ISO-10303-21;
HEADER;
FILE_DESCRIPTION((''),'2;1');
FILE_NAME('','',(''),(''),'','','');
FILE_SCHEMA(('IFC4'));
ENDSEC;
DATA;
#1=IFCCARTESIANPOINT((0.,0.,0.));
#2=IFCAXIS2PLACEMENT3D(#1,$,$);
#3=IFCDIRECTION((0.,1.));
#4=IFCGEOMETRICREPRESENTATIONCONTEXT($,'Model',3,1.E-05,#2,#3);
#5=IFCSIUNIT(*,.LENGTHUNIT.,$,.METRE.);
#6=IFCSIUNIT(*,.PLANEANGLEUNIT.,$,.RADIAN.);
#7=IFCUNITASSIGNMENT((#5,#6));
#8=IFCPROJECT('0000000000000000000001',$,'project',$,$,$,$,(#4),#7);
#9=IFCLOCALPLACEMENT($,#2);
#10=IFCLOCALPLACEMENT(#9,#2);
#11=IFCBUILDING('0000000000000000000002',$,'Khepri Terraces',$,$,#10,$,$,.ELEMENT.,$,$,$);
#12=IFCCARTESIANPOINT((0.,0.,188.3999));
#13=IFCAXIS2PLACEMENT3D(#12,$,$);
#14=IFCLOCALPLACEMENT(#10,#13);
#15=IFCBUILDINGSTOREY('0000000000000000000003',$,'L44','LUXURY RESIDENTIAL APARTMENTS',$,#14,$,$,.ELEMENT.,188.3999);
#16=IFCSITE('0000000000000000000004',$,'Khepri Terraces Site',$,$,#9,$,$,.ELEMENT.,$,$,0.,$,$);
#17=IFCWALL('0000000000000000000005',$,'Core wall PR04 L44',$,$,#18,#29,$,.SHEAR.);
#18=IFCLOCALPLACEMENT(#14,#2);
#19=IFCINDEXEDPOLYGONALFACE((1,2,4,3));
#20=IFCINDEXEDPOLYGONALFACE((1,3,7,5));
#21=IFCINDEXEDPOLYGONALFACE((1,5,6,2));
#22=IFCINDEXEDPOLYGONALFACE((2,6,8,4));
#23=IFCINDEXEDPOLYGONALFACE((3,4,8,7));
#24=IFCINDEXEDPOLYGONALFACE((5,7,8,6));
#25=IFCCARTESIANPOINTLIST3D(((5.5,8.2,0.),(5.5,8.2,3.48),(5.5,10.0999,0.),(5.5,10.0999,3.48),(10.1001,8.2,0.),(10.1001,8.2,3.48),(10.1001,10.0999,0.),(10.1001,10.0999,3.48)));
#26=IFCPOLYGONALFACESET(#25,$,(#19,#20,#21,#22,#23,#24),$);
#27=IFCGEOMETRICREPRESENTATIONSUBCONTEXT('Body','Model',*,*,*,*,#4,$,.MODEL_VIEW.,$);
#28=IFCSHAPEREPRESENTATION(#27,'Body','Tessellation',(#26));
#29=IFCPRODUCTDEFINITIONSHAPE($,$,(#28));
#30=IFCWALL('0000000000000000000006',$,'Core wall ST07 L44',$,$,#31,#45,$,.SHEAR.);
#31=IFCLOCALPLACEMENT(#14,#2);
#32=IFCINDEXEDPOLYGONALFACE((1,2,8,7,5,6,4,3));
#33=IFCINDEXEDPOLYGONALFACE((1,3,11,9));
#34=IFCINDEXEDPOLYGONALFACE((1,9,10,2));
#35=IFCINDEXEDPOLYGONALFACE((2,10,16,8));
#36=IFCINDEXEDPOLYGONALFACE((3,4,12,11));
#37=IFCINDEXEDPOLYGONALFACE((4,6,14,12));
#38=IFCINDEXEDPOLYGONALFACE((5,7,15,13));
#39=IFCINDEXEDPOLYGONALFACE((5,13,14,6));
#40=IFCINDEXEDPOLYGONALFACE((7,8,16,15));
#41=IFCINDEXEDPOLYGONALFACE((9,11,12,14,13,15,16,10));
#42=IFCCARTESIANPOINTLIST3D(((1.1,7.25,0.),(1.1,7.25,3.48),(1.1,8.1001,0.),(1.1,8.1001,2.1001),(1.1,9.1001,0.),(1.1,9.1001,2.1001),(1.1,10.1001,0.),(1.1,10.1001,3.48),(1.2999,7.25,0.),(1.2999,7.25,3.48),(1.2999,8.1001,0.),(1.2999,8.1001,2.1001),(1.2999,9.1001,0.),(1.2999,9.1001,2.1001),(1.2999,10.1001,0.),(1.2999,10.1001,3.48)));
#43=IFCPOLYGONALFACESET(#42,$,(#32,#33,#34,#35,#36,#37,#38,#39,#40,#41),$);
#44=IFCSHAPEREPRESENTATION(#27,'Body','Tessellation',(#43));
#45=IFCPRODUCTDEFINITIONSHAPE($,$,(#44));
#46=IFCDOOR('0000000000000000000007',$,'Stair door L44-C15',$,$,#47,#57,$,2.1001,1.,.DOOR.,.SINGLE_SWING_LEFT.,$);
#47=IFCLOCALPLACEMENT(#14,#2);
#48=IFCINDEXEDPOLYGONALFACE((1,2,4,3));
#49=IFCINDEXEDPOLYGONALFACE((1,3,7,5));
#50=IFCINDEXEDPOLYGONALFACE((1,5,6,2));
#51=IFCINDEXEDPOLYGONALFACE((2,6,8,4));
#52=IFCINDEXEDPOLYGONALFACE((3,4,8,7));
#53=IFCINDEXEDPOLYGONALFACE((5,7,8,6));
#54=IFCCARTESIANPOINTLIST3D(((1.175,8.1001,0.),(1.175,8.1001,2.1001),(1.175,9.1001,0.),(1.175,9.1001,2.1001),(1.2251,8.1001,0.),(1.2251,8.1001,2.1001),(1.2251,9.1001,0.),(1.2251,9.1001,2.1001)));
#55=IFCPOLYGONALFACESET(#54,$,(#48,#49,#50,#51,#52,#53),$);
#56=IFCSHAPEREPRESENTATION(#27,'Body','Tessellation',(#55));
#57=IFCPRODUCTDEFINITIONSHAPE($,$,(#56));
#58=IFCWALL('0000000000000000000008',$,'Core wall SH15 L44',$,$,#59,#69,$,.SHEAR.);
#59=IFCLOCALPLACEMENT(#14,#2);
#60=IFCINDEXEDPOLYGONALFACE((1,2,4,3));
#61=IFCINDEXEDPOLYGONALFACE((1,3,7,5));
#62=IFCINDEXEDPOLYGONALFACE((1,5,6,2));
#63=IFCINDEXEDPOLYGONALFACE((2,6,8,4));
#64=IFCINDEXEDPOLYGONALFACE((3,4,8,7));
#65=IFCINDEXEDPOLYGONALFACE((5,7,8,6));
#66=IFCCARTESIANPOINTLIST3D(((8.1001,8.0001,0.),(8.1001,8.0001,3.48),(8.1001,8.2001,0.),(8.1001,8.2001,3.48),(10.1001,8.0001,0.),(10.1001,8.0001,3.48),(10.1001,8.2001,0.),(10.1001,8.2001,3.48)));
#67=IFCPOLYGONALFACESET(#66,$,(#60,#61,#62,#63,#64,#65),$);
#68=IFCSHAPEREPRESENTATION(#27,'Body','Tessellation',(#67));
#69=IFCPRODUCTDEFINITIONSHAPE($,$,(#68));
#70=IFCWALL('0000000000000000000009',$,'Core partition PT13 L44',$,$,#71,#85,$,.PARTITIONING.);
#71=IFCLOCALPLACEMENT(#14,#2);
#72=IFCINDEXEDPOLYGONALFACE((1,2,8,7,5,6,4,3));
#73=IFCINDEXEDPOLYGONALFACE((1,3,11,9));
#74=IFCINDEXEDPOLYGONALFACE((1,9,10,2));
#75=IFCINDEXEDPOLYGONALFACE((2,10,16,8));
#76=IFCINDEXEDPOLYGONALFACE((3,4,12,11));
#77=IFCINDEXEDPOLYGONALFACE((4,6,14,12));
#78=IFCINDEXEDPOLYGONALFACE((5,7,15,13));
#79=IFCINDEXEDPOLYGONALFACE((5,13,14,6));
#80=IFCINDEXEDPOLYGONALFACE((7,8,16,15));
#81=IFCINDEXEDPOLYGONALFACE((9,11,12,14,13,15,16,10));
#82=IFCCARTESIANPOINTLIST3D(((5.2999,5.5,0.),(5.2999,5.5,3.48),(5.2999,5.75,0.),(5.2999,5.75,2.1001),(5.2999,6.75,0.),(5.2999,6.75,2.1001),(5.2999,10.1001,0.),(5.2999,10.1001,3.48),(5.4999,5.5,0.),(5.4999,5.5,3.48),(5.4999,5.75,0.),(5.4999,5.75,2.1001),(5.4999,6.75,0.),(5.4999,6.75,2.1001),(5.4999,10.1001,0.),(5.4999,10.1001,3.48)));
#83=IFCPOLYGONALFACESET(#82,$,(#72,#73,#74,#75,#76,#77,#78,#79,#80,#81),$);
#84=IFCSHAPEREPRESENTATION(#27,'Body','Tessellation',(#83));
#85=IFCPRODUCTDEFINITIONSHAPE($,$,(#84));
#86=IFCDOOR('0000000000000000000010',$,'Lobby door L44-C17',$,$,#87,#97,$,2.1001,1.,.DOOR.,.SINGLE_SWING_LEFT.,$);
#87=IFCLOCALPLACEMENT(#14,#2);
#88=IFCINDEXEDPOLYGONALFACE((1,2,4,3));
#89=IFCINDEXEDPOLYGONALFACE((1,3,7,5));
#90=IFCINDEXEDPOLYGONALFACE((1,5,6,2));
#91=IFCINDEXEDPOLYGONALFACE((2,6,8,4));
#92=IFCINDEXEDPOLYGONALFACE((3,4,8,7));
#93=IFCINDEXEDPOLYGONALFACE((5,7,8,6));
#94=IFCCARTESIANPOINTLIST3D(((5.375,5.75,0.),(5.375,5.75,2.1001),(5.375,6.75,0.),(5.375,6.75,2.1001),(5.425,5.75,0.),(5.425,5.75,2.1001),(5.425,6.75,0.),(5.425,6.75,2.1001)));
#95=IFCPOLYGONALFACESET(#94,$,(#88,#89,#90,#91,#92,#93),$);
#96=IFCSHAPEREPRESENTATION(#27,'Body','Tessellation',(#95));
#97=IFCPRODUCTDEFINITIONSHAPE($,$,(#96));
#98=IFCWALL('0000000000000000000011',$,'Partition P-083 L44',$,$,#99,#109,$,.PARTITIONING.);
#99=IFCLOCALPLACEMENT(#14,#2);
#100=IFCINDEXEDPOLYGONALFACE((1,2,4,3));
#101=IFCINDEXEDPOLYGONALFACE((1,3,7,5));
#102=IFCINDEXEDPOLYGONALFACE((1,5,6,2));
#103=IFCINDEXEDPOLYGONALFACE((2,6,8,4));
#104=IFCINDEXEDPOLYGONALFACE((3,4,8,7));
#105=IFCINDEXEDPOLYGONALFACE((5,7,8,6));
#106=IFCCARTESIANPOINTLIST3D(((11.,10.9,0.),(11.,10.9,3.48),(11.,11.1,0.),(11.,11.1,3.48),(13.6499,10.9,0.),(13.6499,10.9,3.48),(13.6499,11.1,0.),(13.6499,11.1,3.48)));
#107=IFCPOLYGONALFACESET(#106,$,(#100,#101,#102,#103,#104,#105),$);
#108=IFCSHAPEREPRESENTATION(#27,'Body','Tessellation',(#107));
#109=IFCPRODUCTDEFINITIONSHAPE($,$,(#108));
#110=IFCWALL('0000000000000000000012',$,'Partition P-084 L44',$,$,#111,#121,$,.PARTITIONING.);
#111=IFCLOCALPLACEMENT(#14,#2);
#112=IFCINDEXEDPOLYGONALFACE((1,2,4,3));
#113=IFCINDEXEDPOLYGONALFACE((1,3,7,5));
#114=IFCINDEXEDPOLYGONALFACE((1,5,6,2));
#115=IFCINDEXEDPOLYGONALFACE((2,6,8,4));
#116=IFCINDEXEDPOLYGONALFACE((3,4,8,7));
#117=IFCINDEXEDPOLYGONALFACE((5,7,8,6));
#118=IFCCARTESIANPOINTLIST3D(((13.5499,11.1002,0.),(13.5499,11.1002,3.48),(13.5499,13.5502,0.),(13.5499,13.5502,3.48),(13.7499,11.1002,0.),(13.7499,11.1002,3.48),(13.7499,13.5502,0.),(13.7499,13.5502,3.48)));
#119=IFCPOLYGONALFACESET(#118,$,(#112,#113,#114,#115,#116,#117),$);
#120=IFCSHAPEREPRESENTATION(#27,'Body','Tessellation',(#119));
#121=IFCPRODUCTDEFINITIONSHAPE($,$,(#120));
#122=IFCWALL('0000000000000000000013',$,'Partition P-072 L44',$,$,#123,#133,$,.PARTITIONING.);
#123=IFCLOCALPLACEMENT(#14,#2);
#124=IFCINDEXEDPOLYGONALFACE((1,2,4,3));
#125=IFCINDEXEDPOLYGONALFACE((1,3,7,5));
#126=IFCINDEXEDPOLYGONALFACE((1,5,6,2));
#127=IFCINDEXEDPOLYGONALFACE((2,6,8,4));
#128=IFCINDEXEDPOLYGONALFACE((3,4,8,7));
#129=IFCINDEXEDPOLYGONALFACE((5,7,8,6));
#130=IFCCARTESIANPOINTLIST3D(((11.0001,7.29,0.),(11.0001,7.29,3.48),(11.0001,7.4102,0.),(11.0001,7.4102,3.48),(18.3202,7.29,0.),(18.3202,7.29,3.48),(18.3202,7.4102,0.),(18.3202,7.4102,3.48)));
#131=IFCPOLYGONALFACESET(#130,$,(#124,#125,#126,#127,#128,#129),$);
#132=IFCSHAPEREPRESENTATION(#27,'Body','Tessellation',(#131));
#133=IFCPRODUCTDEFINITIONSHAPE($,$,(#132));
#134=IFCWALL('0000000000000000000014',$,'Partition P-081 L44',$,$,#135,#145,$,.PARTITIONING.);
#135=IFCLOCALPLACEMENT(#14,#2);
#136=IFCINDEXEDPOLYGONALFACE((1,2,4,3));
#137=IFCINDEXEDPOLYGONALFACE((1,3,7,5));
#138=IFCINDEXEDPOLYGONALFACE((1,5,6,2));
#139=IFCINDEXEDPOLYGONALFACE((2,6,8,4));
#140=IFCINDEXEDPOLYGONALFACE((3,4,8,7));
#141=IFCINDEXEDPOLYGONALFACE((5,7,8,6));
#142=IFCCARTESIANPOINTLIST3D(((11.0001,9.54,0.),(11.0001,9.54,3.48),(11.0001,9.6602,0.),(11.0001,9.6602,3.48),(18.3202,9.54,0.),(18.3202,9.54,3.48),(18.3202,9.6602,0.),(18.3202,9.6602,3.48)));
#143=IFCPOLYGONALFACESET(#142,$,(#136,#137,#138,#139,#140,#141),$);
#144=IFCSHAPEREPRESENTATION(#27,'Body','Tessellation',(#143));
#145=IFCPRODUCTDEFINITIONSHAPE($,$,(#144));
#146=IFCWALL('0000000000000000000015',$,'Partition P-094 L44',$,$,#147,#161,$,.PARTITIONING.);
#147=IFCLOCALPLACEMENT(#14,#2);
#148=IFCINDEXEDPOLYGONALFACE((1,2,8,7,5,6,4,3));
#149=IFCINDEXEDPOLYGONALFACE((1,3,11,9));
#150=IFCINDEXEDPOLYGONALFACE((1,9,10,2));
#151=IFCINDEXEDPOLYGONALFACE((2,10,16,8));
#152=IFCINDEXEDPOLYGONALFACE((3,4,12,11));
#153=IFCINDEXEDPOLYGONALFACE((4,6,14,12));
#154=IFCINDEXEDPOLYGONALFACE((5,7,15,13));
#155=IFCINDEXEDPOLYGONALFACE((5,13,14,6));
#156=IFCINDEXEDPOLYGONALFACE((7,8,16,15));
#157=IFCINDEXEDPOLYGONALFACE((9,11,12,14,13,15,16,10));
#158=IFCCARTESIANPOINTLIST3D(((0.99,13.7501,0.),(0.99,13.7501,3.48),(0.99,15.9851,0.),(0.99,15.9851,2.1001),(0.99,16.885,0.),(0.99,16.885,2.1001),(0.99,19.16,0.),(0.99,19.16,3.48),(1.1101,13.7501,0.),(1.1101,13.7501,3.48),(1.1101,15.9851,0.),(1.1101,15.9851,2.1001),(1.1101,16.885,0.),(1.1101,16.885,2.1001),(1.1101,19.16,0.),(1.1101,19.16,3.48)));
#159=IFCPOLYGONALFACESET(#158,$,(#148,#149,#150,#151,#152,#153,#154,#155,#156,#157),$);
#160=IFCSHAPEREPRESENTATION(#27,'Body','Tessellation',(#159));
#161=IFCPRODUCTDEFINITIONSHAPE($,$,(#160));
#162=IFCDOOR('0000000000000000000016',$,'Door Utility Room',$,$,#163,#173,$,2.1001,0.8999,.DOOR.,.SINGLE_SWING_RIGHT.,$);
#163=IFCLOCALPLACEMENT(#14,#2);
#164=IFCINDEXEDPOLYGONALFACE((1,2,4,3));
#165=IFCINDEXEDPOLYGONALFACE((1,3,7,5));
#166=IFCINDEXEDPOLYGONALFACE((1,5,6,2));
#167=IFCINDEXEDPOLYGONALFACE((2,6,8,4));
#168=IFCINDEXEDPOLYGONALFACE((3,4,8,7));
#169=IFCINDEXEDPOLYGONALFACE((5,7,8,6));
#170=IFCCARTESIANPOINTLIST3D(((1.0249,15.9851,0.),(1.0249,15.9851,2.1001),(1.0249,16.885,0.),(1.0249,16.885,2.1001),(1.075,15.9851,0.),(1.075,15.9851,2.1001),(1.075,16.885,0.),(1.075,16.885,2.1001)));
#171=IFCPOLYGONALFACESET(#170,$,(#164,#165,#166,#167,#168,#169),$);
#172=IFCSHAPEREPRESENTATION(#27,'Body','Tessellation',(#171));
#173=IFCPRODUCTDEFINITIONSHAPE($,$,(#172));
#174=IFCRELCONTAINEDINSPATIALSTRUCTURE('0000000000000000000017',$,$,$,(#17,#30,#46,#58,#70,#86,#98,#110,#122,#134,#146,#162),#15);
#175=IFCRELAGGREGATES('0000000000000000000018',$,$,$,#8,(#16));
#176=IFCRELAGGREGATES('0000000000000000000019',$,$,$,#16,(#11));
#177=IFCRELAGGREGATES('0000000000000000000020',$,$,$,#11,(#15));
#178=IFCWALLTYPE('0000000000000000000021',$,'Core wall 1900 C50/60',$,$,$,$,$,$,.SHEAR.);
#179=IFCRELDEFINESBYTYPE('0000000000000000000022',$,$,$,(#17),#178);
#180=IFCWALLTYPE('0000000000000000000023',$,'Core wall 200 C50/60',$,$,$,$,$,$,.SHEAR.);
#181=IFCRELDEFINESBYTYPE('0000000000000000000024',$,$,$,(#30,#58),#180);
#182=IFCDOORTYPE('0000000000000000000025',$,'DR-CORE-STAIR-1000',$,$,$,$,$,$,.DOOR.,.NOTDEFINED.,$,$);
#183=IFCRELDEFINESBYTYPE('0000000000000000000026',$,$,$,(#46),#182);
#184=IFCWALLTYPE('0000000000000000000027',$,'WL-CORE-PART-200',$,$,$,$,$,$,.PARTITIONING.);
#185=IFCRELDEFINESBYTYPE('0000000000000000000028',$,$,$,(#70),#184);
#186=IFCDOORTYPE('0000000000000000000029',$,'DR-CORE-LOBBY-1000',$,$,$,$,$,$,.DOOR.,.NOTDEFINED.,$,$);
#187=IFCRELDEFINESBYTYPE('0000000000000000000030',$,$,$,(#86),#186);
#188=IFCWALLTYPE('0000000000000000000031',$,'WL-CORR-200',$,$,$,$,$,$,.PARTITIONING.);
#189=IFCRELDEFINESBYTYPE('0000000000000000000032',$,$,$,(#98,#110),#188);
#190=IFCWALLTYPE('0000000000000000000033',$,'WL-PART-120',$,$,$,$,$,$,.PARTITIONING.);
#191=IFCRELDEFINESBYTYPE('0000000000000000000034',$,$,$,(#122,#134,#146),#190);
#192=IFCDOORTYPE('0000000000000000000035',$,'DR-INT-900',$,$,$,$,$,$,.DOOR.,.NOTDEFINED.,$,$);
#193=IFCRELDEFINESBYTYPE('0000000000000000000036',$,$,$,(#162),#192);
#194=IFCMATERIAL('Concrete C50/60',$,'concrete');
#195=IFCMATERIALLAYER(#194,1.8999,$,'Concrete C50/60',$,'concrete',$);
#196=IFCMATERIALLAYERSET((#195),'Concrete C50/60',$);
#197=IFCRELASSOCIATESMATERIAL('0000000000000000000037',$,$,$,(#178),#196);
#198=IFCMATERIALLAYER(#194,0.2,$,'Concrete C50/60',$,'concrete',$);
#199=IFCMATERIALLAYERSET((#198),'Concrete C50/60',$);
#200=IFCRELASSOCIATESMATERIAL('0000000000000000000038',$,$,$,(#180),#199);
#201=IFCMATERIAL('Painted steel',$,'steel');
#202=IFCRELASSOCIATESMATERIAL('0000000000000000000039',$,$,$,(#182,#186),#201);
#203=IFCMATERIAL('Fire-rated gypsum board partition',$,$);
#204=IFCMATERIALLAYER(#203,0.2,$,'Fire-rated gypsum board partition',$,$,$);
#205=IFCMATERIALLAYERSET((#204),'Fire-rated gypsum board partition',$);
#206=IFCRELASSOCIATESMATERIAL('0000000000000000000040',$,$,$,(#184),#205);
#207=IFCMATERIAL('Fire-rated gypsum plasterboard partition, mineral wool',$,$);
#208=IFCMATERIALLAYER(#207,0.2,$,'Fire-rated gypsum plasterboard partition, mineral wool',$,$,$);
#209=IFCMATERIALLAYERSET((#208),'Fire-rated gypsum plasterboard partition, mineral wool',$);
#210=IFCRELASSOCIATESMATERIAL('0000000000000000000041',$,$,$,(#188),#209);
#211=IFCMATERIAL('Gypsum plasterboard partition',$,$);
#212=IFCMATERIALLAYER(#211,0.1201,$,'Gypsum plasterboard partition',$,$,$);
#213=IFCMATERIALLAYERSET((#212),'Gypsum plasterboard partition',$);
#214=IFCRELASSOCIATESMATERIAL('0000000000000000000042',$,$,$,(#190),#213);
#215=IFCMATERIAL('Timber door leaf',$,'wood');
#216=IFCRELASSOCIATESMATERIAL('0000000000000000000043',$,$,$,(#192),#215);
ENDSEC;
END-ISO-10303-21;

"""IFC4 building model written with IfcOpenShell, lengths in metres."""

from ifc_helpers import new_model, si_unit, direction, frame, frame_2d, origin, place, context, subcontext, project, spatial, rectangle, extrude, material, layer, layer_set, type_object, element, fill, save


model = new_model("IFC4")

# Units and contexts
model_context = context("Model", 3, precision=1e-05, world=origin(), true_north=direction((0.0, 1.0)))
body_context = subcontext(model_context, "Body", "Model", "MODEL_VIEW")
ifc_project = project(units=[si_unit("LENGTHUNIT", "METRE"), si_unit("PLANEANGLEUNIT", "RADIAN")], contexts=[model_context])

# Site, building, storey
site_placement = place(None, origin())
site = spatial("IfcSite", under=ifc_project, at=site_placement, Name="Khepri Terraces Site", CompositionType="ELEMENT", RefElevation=0.0)
building_placement = place(site_placement, origin())
building = spatial("IfcBuilding", under=site, at=building_placement, Name="Khepri Terraces", CompositionType="ELEMENT")
storey_placement = place(building_placement, frame((0.0, 0.0, 188.3999)))
storey = spatial("IfcBuildingStorey", under=building, at=storey_placement, Name="L44", Description="LUXURY RESIDENTIAL APARTMENTS", CompositionType="ELEMENT", Elevation=188.3999)

# Wall
ifc_material_1 = material(Name="Concrete C50/60", Category="concrete")
ifc_layer_1 = layer(ifc_material_1, 1.8999, Name="Concrete C50/60", Category="concrete")
ifc_layer_set_1 = layer_set([ifc_layer_1], Name="Concrete C50/60")
wall_type_1 = type_object("IfcWallType", Name="Core wall 1900 C50/60", PredefinedType="SHEAR", material=ifc_layer_set_1)
wall_1_placement = place(storey_placement, frame((5.5, 9.1499, 0.0), z_axis=(0.0, 0.0, 1.0), x_axis=(1.0, 0.0, 0.0)))
element("IfcWall", 1, at=wall_1_placement, inside=storey, type_object=wall_type_1, Name="Core wall PR04 L44", PredefinedType="SHEAR", context=body_context, shape_type="SweptSolid", body=[
    extrude(rectangle(XDim=4.6001, YDim=1.8999, at=frame_2d((2.3, 0.0))), origin(), (0.0, 0.0, 1.0), 3.48),
])

# Wall, opening, door
ifc_layer_2 = layer(ifc_material_1, 0.2, Name="Concrete C50/60", Category="concrete")
ifc_layer_set_2 = layer_set([ifc_layer_2], Name="Concrete C50/60")
wall_type_2 = type_object("IfcWallType", Name="Core wall 200 C50/60", PredefinedType="SHEAR", material=ifc_layer_set_2)
wall_2_placement = place(storey_placement, frame((1.2, 7.25, 0.0), z_axis=(0.0, 0.0, 1.0), x_axis=(0.0, 1.0, 0.0)))
wall_2 = element("IfcWall", 2, at=wall_2_placement, inside=storey, type_object=wall_type_2, Name="Core wall ST07 L44", PredefinedType="SHEAR", context=body_context, shape_type="SweptSolid", body=[
    extrude(rectangle(XDim=2.8501, YDim=0.2, at=frame_2d((1.425, 0.0))), origin(), (0.0, 0.0, 1.0), 3.48),
])
opening_1_placement = place(wall_2_placement, frame((0.8501, 0.0, 0.0)))
opening_1 = element("IfcOpeningElement", 3, at=opening_1_placement, cuts=wall_2, PredefinedType="OPENING", context=body_context, shape_type="SweptSolid", body=[
    extrude(rectangle(XDim=1.0, YDim=2.1001, at=frame_2d((0.5, 1.05))), frame((0.0, 0.1099, 0.0), z_axis=(0.0, -1.0, 0.0), x_axis=(1.0, 0.0, 0.0)), (0.0, 0.0, 1.0), 0.22),
])
ifc_material_2 = material(Name="Painted steel", Category="steel")
door_type_1 = type_object("IfcDoorType", Name="DR-CORE-STAIR-1000", OperationType="NOTDEFINED", PredefinedType="DOOR", material=ifc_material_2)
door_1_placement = place(opening_1_placement, origin())
door_1 = element("IfcDoor", 4, at=door_1_placement, inside=storey, type_object=door_type_1, Name="Stair door L44-C15", OperationType="SINGLE_SWING_LEFT", OverallHeight=2.1001, OverallWidth=1.0, PredefinedType="DOOR", context=body_context, shape_type="SweptSolid", body=[
    extrude(rectangle(XDim=1.0, YDim=2.1001, at=frame_2d((0.5, 1.05))), frame((0.0, 0.0249, 0.0), z_axis=(0.0, -1.0, 0.0), x_axis=(1.0, 0.0, 0.0)), (0.0, 0.0, 1.0), 0.05),
])
fill(opening_1, door_1)

# Wall
wall_3_placement = place(storey_placement, frame((8.1001, 8.1001, 0.0), z_axis=(0.0, 0.0, 1.0), x_axis=(1.0, 0.0, 0.0)))
element("IfcWall", 5, at=wall_3_placement, inside=storey, type_object=wall_type_2, Name="Core wall SH15 L44", PredefinedType="SHEAR", context=body_context, shape_type="SweptSolid", body=[
    extrude(rectangle(XDim=2.0, YDim=0.2, at=frame_2d((1.0, 0.0))), origin(), (0.0, 0.0, 1.0), 3.48),
])

# Wall, opening, door
ifc_material_3 = material(Name="Fire-rated gypsum board partition")
ifc_layer_3 = layer(ifc_material_3, 0.2, Name="Fire-rated gypsum board partition")
ifc_layer_set_3 = layer_set([ifc_layer_3], Name="Fire-rated gypsum board partition")
wall_type_3 = type_object("IfcWallType", Name="WL-CORE-PART-200", PredefinedType="PARTITIONING", material=ifc_layer_set_3)
wall_4_placement = place(storey_placement, frame((5.3999, 5.5, 0.0), z_axis=(0.0, 0.0, 1.0), x_axis=(0.0, 1.0, 0.0)))
wall_4 = element("IfcWall", 6, at=wall_4_placement, inside=storey, type_object=wall_type_3, Name="Core partition PT13 L44", PredefinedType="PARTITIONING", context=body_context, shape_type="SweptSolid", body=[
    extrude(rectangle(XDim=4.6001, YDim=0.2, at=frame_2d((2.3, 0.0))), origin(), (0.0, 0.0, 1.0), 3.48),
])
opening_2_placement = place(wall_4_placement, frame((0.25, 0.0, 0.0)))
opening_2 = element("IfcOpeningElement", 7, at=opening_2_placement, cuts=wall_4, PredefinedType="OPENING", context=body_context, shape_type="SweptSolid", body=[
    extrude(rectangle(XDim=1.0, YDim=2.1001, at=frame_2d((0.5, 1.05))), frame((0.0, 0.1099, 0.0), z_axis=(0.0, -1.0, 0.0), x_axis=(1.0, 0.0, 0.0)), (0.0, 0.0, 1.0), 0.22),
])
door_type_2 = type_object("IfcDoorType", Name="DR-CORE-LOBBY-1000", OperationType="NOTDEFINED", PredefinedType="DOOR", material=ifc_material_2)
door_2_placement = place(opening_2_placement, origin())
door_2 = element("IfcDoor", 8, at=door_2_placement, inside=storey, type_object=door_type_2, Name="Lobby door L44-C17", OperationType="SINGLE_SWING_LEFT", OverallHeight=2.1001, OverallWidth=1.0, PredefinedType="DOOR", context=body_context, shape_type="SweptSolid", body=[
    extrude(rectangle(XDim=1.0, YDim=2.1001, at=frame_2d((0.5, 1.05))), frame((0.0, 0.0249, 0.0), z_axis=(0.0, -1.0, 0.0), x_axis=(1.0, 0.0, 0.0)), (0.0, 0.0, 1.0), 0.05),
])
fill(opening_2, door_2)

# Walls
ifc_material_4 = material(Name="Fire-rated gypsum plasterboard partition, mineral wool")
ifc_layer_4 = layer(ifc_material_4, 0.2, Name="Fire-rated gypsum plasterboard partition, mineral wool")
ifc_layer_set_4 = layer_set([ifc_layer_4], Name="Fire-rated gypsum plasterboard partition, mineral wool")
wall_type_4 = type_object("IfcWallType", Name="WL-CORR-200", PredefinedType="PARTITIONING", material=ifc_layer_set_4)
wall_5_placement = place(storey_placement, frame((11.0, 11.0, 0.0), z_axis=(0.0, 0.0, 1.0), x_axis=(1.0, 0.0, 0.0)))
element("IfcWall", 9, at=wall_5_placement, inside=storey, type_object=wall_type_4, Name="Partition P-083 L44", PredefinedType="PARTITIONING", context=body_context, shape_type="SweptSolid", body=[
    extrude(rectangle(XDim=2.6499, YDim=0.2, at=frame_2d((1.325, 0.0))), origin(), (0.0, 0.0, 1.0), 3.48),
])
wall_6_placement = place(storey_placement, frame((13.6499, 11.1001, 0.0), z_axis=(0.0, 0.0, 1.0), x_axis=(0.0, 1.0, 0.0)))
element("IfcWall", 10, at=wall_6_placement, inside=storey, type_object=wall_type_4, Name="Partition P-084 L44", PredefinedType="PARTITIONING", context=body_context, shape_type="SweptSolid", body=[
    extrude(rectangle(XDim=2.45, YDim=0.2, at=frame_2d((1.2251, 0.0))), origin(), (0.0, 0.0, 1.0), 3.48),
])
ifc_material_5 = material(Name="Gypsum plasterboard partition")
ifc_layer_5 = layer(ifc_material_5, 0.1201, Name="Gypsum plasterboard partition")
ifc_layer_set_5 = layer_set([ifc_layer_5], Name="Gypsum plasterboard partition")
wall_type_5 = type_object("IfcWallType", Name="WL-PART-120", PredefinedType="PARTITIONING", material=ifc_layer_set_5)
for number, where, z_axis, x_axis, name in (
    (11, (11.0, 7.3501, 0.0), (0.0, 0.0, 1.0), (1.0, 0.0, 0.0), "Partition P-072 L44"),
    (12, (11.0, 9.6001, 0.0), (0.0, 0.0, 1.0), (1.0, 0.0, 0.0), "Partition P-081 L44"),
):
    element("IfcWall", number, at=place(storey_placement, frame(where, z_axis=z_axis, x_axis=x_axis)), inside=storey, type_object=wall_type_5, Name=name, PredefinedType="PARTITIONING", context=body_context, shape_type="SweptSolid", body=[
        extrude(rectangle(XDim=7.3201, YDim=0.1201, at=frame_2d((3.6602, 0.0))), origin(), (0.0, 0.0, 1.0), 3.48),
    ])

# Wall, opening, door
wall_7_placement = place(storey_placement, frame((1.05, 13.75, 0.0), z_axis=(0.0, 0.0, 1.0), x_axis=(0.0, 1.0, 0.0)))
wall_7 = element("IfcWall", 13, at=wall_7_placement, inside=storey, type_object=wall_type_5, Name="Partition P-094 L44", PredefinedType="PARTITIONING", context=body_context, shape_type="SweptSolid", body=[
    extrude(rectangle(XDim=5.4099, YDim=0.1201, at=frame_2d((2.7051, 0.0))), origin(), (0.0, 0.0, 1.0), 3.48),
])
opening_3_placement = place(wall_7_placement, frame((2.2351, 0.0, 0.0)))
opening_3 = element("IfcOpeningElement", 14, at=opening_3_placement, cuts=wall_7, PredefinedType="OPENING", context=body_context, shape_type="SweptSolid", body=[
    extrude(rectangle(XDim=0.8999, YDim=2.1001, at=frame_2d((0.45, 1.05))), frame((0.0, 0.0701, 0.0), z_axis=(0.0, -1.0, 0.0), x_axis=(1.0, 0.0, 0.0)), (0.0, 0.0, 1.0), 0.1401),
])
ifc_material_6 = material(Name="Timber door leaf", Category="wood")
door_type_3 = type_object("IfcDoorType", Name="DR-INT-900", OperationType="NOTDEFINED", PredefinedType="DOOR", material=ifc_material_6)
door_3_placement = place(opening_3_placement, frame((0.8999, 0.0, 0.0), z_axis=(0.0, 0.0, 1.0), x_axis=(-1.0, 0.0, 0.0)))
door_3 = element("IfcDoor", 15, at=door_3_placement, inside=storey, type_object=door_type_3, Name="Door Utility Room", OperationType="SINGLE_SWING_RIGHT", OverallHeight=2.1001, OverallWidth=0.8999, PredefinedType="DOOR", context=body_context, shape_type="SweptSolid", body=[
    extrude(rectangle(XDim=0.8999, YDim=2.1001, at=frame_2d((0.45, 1.05))), frame((0.0, 0.0249, 0.0), z_axis=(0.0, -1.0, 0.0), x_axis=(1.0, 0.0, 0.0)), (0.0, 0.0, 1.0), 0.05),
])
fill(opening_3, door_3)

save(model, "model.ifc")
